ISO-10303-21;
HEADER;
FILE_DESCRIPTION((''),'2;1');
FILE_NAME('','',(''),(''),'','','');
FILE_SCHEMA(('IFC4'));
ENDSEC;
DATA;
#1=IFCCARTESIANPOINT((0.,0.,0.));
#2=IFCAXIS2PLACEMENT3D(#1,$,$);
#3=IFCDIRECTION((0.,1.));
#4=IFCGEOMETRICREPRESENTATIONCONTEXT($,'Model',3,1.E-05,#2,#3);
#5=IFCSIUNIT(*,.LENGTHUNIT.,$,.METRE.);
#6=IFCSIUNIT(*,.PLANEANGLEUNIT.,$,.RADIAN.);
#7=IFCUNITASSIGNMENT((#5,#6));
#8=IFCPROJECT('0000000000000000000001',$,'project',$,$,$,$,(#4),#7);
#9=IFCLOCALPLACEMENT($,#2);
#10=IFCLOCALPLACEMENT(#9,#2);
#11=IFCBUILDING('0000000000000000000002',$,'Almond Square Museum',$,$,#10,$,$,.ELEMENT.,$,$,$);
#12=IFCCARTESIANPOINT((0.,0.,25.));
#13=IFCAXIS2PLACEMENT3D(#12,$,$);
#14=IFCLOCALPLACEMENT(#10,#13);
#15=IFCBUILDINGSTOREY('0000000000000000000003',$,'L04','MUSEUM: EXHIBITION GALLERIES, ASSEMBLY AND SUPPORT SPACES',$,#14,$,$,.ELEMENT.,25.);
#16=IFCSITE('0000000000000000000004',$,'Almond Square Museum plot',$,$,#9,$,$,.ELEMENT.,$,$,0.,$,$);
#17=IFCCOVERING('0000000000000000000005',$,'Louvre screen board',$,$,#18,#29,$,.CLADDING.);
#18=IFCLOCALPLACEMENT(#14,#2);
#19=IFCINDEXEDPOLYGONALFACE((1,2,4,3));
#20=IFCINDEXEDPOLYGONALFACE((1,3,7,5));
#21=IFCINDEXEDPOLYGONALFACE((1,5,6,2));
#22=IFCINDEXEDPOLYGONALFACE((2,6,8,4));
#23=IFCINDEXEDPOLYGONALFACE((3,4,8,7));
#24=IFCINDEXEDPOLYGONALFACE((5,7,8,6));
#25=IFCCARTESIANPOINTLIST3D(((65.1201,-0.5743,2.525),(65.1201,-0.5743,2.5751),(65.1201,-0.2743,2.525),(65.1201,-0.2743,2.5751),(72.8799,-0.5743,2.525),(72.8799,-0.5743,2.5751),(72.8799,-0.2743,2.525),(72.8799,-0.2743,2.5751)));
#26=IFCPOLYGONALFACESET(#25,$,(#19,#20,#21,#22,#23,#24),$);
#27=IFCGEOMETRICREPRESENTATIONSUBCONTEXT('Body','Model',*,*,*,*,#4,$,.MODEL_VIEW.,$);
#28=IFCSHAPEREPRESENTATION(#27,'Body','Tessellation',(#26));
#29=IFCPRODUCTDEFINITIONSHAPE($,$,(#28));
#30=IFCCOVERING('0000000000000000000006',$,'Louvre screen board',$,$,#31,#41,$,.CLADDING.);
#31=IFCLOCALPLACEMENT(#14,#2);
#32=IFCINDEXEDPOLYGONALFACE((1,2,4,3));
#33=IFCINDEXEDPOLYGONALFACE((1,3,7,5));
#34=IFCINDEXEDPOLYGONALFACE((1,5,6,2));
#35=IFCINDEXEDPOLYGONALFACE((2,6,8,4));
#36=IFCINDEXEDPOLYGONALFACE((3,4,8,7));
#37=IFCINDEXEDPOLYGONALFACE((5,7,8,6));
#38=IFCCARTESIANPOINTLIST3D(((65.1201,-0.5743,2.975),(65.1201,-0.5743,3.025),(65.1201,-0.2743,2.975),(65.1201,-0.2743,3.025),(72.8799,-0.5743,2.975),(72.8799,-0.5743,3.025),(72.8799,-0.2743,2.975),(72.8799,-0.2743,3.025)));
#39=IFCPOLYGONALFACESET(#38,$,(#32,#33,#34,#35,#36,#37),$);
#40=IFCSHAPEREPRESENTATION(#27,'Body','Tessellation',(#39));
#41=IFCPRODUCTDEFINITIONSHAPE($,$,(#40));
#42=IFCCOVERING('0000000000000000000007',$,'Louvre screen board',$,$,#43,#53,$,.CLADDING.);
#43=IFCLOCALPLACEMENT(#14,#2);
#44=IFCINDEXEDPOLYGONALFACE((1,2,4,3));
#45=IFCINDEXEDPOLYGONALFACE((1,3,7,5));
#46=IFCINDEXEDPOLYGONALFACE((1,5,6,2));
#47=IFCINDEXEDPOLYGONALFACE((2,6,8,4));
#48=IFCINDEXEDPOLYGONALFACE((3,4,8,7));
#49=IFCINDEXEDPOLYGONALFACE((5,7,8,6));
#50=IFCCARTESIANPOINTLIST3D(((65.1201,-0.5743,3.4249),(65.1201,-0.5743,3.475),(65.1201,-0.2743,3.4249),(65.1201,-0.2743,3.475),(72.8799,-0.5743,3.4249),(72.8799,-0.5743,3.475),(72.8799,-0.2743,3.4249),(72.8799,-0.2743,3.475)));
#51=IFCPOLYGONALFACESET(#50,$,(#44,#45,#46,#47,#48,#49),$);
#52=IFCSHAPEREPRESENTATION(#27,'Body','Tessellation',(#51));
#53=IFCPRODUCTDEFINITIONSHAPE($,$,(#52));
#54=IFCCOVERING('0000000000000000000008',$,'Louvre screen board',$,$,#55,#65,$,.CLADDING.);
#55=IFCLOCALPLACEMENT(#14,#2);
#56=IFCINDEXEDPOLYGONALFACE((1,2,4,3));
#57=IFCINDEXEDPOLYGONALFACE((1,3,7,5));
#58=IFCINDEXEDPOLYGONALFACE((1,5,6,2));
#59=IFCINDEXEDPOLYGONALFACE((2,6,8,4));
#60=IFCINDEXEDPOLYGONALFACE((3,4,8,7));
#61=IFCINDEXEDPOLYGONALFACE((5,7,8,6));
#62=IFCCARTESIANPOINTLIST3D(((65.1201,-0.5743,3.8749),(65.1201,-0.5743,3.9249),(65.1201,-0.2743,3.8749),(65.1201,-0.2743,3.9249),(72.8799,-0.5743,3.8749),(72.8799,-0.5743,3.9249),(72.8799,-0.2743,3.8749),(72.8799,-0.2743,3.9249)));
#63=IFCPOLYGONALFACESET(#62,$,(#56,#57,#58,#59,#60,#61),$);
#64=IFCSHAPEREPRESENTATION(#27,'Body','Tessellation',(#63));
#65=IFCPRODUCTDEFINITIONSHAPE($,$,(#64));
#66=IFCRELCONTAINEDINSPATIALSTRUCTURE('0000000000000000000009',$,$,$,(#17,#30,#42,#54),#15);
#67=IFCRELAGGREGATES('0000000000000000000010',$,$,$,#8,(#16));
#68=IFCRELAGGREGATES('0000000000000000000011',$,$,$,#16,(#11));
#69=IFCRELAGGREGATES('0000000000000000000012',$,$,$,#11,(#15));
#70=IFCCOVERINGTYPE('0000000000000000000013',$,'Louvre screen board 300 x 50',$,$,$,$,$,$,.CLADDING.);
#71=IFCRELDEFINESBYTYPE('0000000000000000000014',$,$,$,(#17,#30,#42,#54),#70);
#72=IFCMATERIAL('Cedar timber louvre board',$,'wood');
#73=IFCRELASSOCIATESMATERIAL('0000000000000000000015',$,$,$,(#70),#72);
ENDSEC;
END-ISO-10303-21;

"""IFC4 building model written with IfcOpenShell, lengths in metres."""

from ifc_helpers import new_model, si_unit, direction, frame, origin, origin_2d, place, context, subcontext, project, spatial, rectangle, extrude, material, material_profile, profile_set, type_object, element, save


model = new_model("IFC4")

# Units and contexts
model_context = context("Model", 3, precision=1e-05, world=origin(), true_north=direction((0.0, 1.0)))
body_context = subcontext(model_context, "Body", "Model", "MODEL_VIEW")
ifc_project = project(units=[si_unit("LENGTHUNIT", "METRE"), si_unit("PLANEANGLEUNIT", "RADIAN")], contexts=[model_context])

# Site, building, storey
site_placement = place(None, origin())
site = spatial("IfcSite", under=ifc_project, at=site_placement, Name="Almond Square Museum plot", CompositionType="ELEMENT", RefElevation=0.0)
building_placement = place(site_placement, origin())
building = spatial("IfcBuilding", under=site, at=building_placement, Name="Almond Square Museum", CompositionType="ELEMENT")
storey_placement = place(building_placement, frame((0.0, 0.0, 25.0)))
storey = spatial("IfcBuildingStorey", under=building, at=storey_placement, Name="L04", Description="MUSEUM: EXHIBITION GALLERIES, ASSEMBLY AND SUPPORT SPACES", CompositionType="ELEMENT", Elevation=25.0)

# Coverings
ifc_material_1 = material(Name="Cedar timber louvre board", Category="wood")
ifc_material_profile_1 = material_profile(ifc_material_1, rectangle(XDim=0.3, YDim=0.05, at=origin_2d()))
ifc_profile_set_1 = profile_set([ifc_material_profile_1], Name="Cedar timber louvre board")
covering_type = type_object("IfcCoveringType", Name="Louvre screen board 300 x 50", PredefinedType="CLADDING", material=ifc_profile_set_1)
for number, where, z_axis, x_axis, name in (
    (1, (65.1201, -0.4243, 2.55), (1.0, 0.0, 0.0), (0.0, 1.0, 0.0), "Louvre screen board"),
    (2, (65.1201, -0.4243, 3.0), (1.0, 0.0, 0.0), (0.0, 1.0, 0.0), "Louvre screen board"),
    (3, (65.1201, -0.4243, 3.45), (1.0, 0.0, 0.0), (0.0, 1.0, 0.0), "Louvre screen board"),
    (4, (65.1201, -0.4243, 3.8999), (1.0, 0.0, 0.0), (0.0, 1.0, 0.0), "Louvre screen board"),
):
    element("IfcCovering", number, at=place(storey_placement, frame(where, z_axis=z_axis, x_axis=x_axis)), inside=storey, type_object=covering_type, Name=name, PredefinedType="CLADDING", context=body_context, shape_type="SweptSolid", body=[
        extrude(rectangle(XDim=0.3, YDim=0.05, at=origin_2d()), origin(), (0.0, 0.0, 1.0), 7.7598),
    ])

save(model, "model.ifc")
